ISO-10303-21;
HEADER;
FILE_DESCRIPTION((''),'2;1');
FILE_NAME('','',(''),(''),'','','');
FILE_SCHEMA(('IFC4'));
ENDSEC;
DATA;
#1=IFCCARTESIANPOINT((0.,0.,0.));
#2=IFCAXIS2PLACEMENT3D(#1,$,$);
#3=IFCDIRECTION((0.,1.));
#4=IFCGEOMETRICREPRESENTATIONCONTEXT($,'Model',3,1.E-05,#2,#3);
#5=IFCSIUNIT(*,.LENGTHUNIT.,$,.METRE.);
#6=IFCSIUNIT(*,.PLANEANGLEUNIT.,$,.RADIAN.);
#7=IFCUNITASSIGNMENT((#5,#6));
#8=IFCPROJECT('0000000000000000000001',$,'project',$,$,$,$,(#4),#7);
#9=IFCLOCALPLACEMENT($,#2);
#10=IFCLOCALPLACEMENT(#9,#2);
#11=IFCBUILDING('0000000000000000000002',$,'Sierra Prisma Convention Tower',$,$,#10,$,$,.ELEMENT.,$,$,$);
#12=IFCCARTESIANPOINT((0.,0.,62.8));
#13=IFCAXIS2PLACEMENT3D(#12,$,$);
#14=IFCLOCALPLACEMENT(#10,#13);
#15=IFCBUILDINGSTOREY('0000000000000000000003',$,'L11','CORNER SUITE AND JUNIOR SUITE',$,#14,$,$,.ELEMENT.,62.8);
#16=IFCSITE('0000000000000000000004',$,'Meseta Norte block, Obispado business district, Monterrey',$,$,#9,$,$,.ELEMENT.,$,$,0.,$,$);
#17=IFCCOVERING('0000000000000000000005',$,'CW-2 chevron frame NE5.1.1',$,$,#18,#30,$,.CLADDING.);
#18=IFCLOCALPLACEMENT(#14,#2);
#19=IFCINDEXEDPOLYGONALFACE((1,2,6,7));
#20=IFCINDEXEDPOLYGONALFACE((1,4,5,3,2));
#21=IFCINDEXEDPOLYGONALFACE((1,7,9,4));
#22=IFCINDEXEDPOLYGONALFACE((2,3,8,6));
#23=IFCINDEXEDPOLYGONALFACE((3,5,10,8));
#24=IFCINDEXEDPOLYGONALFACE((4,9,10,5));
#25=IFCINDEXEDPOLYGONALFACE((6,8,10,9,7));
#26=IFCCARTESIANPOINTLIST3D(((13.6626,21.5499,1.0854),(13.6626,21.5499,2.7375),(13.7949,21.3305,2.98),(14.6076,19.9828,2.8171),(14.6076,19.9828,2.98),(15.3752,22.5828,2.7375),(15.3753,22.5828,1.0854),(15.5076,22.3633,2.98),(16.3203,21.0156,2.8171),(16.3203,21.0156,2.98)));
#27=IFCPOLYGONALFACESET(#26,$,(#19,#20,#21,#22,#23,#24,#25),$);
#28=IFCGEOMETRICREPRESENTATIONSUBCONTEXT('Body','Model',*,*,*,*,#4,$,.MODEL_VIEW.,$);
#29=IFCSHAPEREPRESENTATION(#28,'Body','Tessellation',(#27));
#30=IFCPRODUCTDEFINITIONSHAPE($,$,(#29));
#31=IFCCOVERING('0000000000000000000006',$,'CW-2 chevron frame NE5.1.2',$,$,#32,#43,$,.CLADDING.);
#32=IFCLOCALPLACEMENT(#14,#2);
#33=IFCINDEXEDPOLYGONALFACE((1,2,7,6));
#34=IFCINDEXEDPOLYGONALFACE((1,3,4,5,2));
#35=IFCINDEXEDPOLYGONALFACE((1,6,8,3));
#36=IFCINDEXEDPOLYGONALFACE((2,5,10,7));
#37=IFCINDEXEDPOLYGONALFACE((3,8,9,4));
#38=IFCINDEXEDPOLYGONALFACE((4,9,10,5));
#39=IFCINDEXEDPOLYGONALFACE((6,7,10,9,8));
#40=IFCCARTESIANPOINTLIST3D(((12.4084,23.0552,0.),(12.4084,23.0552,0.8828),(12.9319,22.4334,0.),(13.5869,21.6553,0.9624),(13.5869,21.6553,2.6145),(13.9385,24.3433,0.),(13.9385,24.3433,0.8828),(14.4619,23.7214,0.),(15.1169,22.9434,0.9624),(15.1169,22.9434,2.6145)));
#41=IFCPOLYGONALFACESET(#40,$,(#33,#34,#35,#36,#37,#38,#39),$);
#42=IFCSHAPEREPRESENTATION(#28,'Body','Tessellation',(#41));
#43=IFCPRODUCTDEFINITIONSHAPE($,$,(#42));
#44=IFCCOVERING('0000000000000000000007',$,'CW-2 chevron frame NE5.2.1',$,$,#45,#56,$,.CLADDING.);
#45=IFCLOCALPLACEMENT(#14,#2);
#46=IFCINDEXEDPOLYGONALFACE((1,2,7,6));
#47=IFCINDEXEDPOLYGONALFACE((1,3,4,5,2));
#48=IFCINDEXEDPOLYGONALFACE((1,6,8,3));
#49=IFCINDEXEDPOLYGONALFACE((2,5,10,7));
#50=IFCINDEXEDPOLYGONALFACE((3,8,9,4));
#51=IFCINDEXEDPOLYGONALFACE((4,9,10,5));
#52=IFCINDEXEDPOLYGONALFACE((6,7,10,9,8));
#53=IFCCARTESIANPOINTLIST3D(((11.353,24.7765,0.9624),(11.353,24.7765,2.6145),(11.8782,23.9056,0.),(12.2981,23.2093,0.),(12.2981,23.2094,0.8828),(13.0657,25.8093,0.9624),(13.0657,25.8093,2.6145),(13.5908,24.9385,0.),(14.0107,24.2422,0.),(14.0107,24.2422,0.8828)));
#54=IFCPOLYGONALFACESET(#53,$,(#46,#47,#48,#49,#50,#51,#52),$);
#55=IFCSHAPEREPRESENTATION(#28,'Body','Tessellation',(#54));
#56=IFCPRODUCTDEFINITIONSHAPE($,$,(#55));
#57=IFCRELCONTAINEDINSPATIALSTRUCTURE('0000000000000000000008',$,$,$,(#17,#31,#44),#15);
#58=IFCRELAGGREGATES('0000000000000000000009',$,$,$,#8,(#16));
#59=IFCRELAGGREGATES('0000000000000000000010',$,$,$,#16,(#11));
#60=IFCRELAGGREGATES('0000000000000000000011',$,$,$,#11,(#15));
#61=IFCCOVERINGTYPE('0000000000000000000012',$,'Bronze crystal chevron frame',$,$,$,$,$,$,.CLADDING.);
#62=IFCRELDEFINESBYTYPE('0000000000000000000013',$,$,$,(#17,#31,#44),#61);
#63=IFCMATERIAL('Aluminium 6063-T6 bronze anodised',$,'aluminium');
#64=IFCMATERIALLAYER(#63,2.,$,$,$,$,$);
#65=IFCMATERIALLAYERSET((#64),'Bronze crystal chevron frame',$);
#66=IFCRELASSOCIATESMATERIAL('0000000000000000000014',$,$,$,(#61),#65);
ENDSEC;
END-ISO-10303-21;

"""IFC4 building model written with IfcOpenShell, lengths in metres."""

from ifc_helpers import new_model, si_unit, direction, frame, origin, place, context, subcontext, project, spatial, polyline, outline, extrude, material, layer, layer_set, type_object, element, save


model = new_model("IFC4")

# Units and contexts
model_context = context("Model", 3, precision=1e-05, world=origin(), true_north=direction((0.0, 1.0)))
body_context = subcontext(model_context, "Body", "Model", "MODEL_VIEW")
ifc_project = project(units=[si_unit("LENGTHUNIT", "METRE"), si_unit("PLANEANGLEUNIT", "RADIAN")], contexts=[model_context])

# Site, building, storey
site_placement = place(None, origin())
site = spatial("IfcSite", under=ifc_project, at=site_placement, Name="Meseta Norte block, Obispado business district, Monterrey", CompositionType="ELEMENT", RefElevation=0.0)
building_placement = place(site_placement, origin())
building = spatial("IfcBuilding", under=site, at=building_placement, Name="Sierra Prisma Convention Tower", CompositionType="ELEMENT")
storey_placement = place(building_placement, frame((0.0, 0.0, 62.8)))
storey = spatial("IfcBuildingStorey", under=building, at=storey_placement, Name="L11", Description="CORNER SUITE AND JUNIOR SUITE", CompositionType="ELEMENT", Elevation=62.8)

# Coverings
ifc_material_1 = material(Name="Aluminium 6063-T6 bronze anodised", Category="aluminium")
ifc_layer_1 = layer(ifc_material_1, 2.0)
ifc_layer_set_1 = layer_set([ifc_layer_1], Name="Bronze crystal chevron frame")
covering_type = type_object("IfcCoveringType", Name="Bronze crystal chevron frame", PredefinedType="CLADDING", material=ifc_layer_set_1)
covering_1_placement = place(storey_placement, frame((16.3203, 21.0156, 2.98), z_axis=(0.856336, 0.516419, 0.000015), x_axis=(0.000013, 0.000008, -1.0)))
element("IfcCovering", 1, at=covering_1_placement, inside=storey, type_object=covering_type, Name="CW-2 chevron frame NE5.1.1", PredefinedType="CLADDING", context=body_context, shape_type="SweptSolid", body=[
    extrude(outline(polyline([(0.0, 0.0), (0.1628, 0.0), (1.8945, 1.83), (0.2424, 1.83), (0.0, 1.5738), (0.0, 0.0)])), origin(), (0.0, 0.0, -1.0), 2.0),
])
covering_2_placement = place(storey_placement, frame((15.1169, 22.9434, 2.6145), z_axis=(0.765021, 0.644005, -0.000007), x_axis=(-0.000006, -0.000005, -1.0)))
element("IfcCovering", 2, at=covering_2_placement, inside=storey, type_object=covering_type, Name="CW-2 chevron frame NE5.1.2", PredefinedType="CLADDING", context=body_context, shape_type="SweptSolid", body=[
    extrude(outline(polyline([(0.0, 0.0), (1.6521, 0.0), (2.6145, 1.0171), (2.6145, 1.8299), (1.7317, 1.8299), (0.0, 0.0)])), origin(), (0.0, 0.0, -1.0), 2.0),
])
covering_3_placement = place(storey_placement, frame((14.0107, 24.2422, 0.0), z_axis=(0.856335, 0.51642, -0.000006), x_axis=(-0.51642, 0.856335, 0.0)))
element("IfcCovering", 3, at=covering_3_placement, inside=storey, type_object=covering_type, Name="CW-2 chevron frame NE5.2.1", PredefinedType="CLADDING", context=body_context, shape_type="SweptSolid", body=[
    extrude(outline(polyline([(0.0, 0.0), (0.8131, 0.0), (1.83, 0.9624), (1.83, 2.6145), (0.0, 0.8828), (0.0, 0.0)])), origin(), (0.0, 0.0, -1.0), 2.0),
])

save(model, "model.ifc")
